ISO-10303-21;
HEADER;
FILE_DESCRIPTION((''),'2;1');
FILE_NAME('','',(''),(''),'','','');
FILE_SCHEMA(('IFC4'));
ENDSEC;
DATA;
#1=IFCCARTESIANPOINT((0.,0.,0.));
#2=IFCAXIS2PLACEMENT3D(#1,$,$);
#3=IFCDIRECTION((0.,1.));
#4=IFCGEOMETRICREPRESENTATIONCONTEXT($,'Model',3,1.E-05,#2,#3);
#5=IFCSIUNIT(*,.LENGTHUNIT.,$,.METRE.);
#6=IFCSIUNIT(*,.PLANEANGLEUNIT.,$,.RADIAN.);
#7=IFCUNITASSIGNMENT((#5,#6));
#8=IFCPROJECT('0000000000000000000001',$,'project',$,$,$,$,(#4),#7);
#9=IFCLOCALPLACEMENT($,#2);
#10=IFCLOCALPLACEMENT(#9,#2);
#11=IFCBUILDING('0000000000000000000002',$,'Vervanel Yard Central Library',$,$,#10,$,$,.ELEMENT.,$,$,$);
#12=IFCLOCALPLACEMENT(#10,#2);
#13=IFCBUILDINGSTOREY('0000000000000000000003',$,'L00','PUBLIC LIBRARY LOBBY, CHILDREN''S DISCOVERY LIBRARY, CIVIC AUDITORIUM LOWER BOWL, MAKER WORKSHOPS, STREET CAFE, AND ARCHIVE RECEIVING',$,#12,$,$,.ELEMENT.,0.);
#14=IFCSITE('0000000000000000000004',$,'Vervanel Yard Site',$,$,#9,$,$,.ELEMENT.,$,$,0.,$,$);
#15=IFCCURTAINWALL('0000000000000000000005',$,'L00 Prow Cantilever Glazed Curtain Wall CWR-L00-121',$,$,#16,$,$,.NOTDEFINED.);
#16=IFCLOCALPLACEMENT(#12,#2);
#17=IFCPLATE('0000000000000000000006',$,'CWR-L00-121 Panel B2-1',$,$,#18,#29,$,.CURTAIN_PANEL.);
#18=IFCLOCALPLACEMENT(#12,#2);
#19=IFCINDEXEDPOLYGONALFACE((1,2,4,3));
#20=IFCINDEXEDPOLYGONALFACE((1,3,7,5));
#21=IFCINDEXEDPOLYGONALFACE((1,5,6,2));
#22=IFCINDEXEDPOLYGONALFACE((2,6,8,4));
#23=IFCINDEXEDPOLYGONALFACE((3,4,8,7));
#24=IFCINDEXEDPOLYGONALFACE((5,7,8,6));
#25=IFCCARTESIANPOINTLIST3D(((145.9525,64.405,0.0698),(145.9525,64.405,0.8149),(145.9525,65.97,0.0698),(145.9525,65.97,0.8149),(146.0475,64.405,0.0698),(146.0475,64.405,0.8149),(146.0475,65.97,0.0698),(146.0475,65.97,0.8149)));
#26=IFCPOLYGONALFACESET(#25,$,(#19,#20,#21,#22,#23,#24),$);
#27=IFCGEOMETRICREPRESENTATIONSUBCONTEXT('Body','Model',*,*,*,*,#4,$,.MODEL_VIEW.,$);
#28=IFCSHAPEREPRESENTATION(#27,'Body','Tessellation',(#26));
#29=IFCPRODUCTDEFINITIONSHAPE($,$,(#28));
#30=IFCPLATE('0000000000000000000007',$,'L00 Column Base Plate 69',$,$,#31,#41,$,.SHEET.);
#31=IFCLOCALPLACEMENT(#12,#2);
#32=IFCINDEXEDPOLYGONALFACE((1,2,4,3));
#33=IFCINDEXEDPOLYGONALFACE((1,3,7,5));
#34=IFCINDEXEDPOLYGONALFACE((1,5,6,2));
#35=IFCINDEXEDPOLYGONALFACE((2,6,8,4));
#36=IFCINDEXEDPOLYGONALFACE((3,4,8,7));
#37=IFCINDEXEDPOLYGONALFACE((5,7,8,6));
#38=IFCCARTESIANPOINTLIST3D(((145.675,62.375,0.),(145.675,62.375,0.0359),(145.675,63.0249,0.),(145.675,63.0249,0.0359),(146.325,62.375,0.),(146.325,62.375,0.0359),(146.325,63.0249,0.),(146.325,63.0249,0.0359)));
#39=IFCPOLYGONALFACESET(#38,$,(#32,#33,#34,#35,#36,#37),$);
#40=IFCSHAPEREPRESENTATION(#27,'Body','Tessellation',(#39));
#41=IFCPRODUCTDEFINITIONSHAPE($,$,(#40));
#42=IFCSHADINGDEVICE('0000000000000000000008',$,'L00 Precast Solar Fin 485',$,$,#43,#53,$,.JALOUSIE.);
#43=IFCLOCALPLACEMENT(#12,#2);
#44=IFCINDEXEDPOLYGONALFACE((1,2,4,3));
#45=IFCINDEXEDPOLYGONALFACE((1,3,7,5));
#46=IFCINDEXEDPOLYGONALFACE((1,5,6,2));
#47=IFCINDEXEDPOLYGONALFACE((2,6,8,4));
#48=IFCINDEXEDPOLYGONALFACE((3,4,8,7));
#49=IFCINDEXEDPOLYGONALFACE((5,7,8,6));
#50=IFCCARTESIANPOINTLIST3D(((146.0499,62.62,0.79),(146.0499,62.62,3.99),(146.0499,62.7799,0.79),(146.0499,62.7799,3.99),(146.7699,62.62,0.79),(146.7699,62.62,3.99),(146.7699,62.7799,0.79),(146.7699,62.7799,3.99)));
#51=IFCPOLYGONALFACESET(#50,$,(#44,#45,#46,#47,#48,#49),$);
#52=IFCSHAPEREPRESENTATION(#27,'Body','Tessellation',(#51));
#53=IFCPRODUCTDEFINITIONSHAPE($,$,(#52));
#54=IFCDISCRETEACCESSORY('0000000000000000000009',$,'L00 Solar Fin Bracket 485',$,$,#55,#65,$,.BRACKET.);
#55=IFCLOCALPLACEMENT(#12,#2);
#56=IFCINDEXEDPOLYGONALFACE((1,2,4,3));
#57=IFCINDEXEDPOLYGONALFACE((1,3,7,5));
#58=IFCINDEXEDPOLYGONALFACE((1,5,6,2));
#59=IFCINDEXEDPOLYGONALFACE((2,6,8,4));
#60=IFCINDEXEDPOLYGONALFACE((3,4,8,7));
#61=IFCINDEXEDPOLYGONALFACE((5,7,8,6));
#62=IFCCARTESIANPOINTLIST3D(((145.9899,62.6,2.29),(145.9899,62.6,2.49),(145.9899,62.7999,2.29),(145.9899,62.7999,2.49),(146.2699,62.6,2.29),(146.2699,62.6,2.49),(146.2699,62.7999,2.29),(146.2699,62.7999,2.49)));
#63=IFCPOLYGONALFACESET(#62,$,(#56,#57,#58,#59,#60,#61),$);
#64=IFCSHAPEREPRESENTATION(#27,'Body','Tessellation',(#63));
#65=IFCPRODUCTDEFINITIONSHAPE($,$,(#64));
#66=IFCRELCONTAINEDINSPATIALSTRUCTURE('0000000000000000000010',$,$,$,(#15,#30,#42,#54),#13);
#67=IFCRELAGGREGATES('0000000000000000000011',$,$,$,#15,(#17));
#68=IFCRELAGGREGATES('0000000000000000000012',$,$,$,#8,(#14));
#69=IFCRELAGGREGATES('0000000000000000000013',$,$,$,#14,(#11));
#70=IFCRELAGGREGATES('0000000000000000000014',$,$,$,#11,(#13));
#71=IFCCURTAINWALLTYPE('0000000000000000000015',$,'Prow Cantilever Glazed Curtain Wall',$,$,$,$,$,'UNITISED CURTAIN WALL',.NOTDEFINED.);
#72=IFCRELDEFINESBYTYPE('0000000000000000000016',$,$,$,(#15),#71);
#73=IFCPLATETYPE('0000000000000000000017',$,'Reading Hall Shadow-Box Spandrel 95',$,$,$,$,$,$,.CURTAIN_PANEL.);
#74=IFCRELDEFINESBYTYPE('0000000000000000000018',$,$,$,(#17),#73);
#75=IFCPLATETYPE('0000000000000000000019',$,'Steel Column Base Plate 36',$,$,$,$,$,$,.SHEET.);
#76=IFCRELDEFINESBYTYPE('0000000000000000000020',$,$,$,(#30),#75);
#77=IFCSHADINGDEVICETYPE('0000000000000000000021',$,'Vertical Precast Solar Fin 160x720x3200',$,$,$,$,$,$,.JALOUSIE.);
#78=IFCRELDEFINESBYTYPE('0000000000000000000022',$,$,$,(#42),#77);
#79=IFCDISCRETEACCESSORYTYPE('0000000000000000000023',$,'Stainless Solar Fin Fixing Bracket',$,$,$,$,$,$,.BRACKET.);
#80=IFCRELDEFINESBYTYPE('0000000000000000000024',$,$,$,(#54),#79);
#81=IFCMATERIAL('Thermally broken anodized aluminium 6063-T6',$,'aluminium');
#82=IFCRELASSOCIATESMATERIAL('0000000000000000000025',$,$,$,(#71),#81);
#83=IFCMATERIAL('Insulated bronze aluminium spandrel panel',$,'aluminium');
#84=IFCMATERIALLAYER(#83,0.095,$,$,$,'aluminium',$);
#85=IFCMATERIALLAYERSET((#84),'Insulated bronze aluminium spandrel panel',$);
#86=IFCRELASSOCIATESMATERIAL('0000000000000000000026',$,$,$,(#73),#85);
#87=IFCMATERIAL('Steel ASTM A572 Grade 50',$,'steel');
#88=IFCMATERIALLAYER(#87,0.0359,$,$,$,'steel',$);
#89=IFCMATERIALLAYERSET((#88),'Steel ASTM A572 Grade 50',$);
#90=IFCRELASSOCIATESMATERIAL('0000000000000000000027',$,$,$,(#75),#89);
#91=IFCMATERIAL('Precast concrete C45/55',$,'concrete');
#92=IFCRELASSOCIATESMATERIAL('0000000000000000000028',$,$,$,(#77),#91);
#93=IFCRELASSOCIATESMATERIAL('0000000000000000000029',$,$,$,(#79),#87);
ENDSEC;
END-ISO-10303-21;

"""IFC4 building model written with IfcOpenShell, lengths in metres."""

from ifc_helpers import new_model, si_unit, direction, frame, origin, origin_2d, place, context, subcontext, project, spatial, rectangle, extrude, material, layer, layer_set, type_object, element, aggregate, save


model = new_model("IFC4")

# Units and contexts
model_context = context("Model", 3, precision=1e-05, world=origin(), true_north=direction((0.0, 1.0)))
body_context = subcontext(model_context, "Body", "Model", "MODEL_VIEW")
ifc_project = project(units=[si_unit("LENGTHUNIT", "METRE"), si_unit("PLANEANGLEUNIT", "RADIAN")], contexts=[model_context])

# Site, building, storey
site_placement = place(None, origin())
site = spatial("IfcSite", under=ifc_project, at=site_placement, Name="Vervanel Yard Site", CompositionType="ELEMENT", RefElevation=0.0)
building_placement = place(site_placement, origin())
building = spatial("IfcBuilding", under=site, at=building_placement, Name="Vervanel Yard Central Library", CompositionType="ELEMENT")
storey_placement = place(building_placement, origin())
storey = spatial("IfcBuildingStorey", under=building, at=storey_placement, Name="L00", Description="PUBLIC LIBRARY LOBBY, CHILDREN'S DISCOVERY LIBRARY, CIVIC AUDITORIUM LOWER BOWL, MAKER WORKSHOPS, STREET CAFE, AND ARCHIVE RECEIVING", CompositionType="ELEMENT", Elevation=0.0)

# Shared definitions
ifc_material_1 = material(Name="Thermally broken anodized aluminium 6063-T6", Category="aluminium")
curtain_wall_type = type_object("IfcCurtainWallType", Name="Prow Cantilever Glazed Curtain Wall", ElementType="UNITISED CURTAIN WALL", PredefinedType="NOTDEFINED", material=ifc_material_1)

# Curtain wall
curtain_wall_1_placement = place(storey_placement, origin())
curtain_wall_1 = element("IfcCurtainWall", 1, at=curtain_wall_1_placement, inside=storey, type_object=curtain_wall_type, Name="L00 Prow Cantilever Glazed Curtain Wall CWR-L00-121", PredefinedType="NOTDEFINED")

# Plates
ifc_material_2 = material(Name="Insulated bronze aluminium spandrel panel", Category="aluminium")
ifc_layer_1 = layer(ifc_material_2, 0.095, Category="aluminium")
ifc_layer_set_1 = layer_set([ifc_layer_1], Name="Insulated bronze aluminium spandrel panel")
plate_type_1 = type_object("IfcPlateType", Name="Reading Hall Shadow-Box Spandrel 95", PredefinedType="CURTAIN_PANEL", material=ifc_layer_set_1)
plate_1_placement = place(storey_placement, frame((146.0, 65.1875, 0.0698), z_axis=(0.0, 0.0, 1.0), x_axis=(0.0, 1.0, 0.0)))
plate_1 = element("IfcPlate", 2, at=plate_1_placement, type_object=plate_type_1, Name="CWR-L00-121 Panel B2-1", PredefinedType="CURTAIN_PANEL", context=body_context, shape_type="SweptSolid", body=[
    extrude(rectangle(XDim=1.5649, YDim=0.095, at=origin_2d()), origin(), (0.0, 0.0, 1.0), 0.7451),
])
aggregate(curtain_wall_1, [plate_1])
ifc_material_3 = material(Name="Steel ASTM A572 Grade 50", Category="steel")
ifc_layer_2 = layer(ifc_material_3, 0.0359, Category="steel")
ifc_layer_set_2 = layer_set([ifc_layer_2], Name="Steel ASTM A572 Grade 50")
plate_type_2 = type_object("IfcPlateType", Name="Steel Column Base Plate 36", PredefinedType="SHEET", material=ifc_layer_set_2)
plate_2_placement = place(storey_placement, frame((146.0, 62.7, 0.0), z_axis=(0.0, 0.0, 1.0), x_axis=(1.0, 0.0, 0.0)))
element("IfcPlate", 3, at=plate_2_placement, inside=storey, type_object=plate_type_2, Name="L00 Column Base Plate 69", PredefinedType="SHEET", context=body_context, shape_type="SweptSolid", body=[
    extrude(rectangle(XDim=0.6499, YDim=0.6499, at=origin_2d()), origin(), (0.0, 0.0, 1.0), 0.0359),
])

# Shading device
ifc_material_4 = material(Name="Precast concrete C45/55", Category="concrete")
shading_device_type = type_object("IfcShadingDeviceType", Name="Vertical Precast Solar Fin 160x720x3200", PredefinedType="JALOUSIE", material=ifc_material_4)
shading_device_placement = place(storey_placement, frame((146.4099, 62.7, 0.79), z_axis=(0.0, 0.0, 1.0), x_axis=(0.0, 1.0, 0.0)))
element("IfcShadingDevice", 4, at=shading_device_placement, inside=storey, type_object=shading_device_type, Name="L00 Precast Solar Fin 485", PredefinedType="JALOUSIE", context=body_context, shape_type="SweptSolid", body=[
    extrude(rectangle(XDim=0.1599, YDim=0.72, at=origin_2d()), origin(), (0.0, 0.0, 1.0), 3.2),
])

# Discrete accessory
discrete_accessory_type = type_object("IfcDiscreteAccessoryType", Name="Stainless Solar Fin Fixing Bracket", PredefinedType="BRACKET", material=ifc_material_3)
discrete_accessory_placement = place(storey_placement, frame((146.1299, 62.7, 2.29), z_axis=(0.0, 0.0, 1.0), x_axis=(0.0, 1.0, 0.0)))
element("IfcDiscreteAccessory", 5, at=discrete_accessory_placement, inside=storey, type_object=discrete_accessory_type, Name="L00 Solar Fin Bracket 485", PredefinedType="BRACKET", context=body_context, shape_type="SweptSolid", body=[
    extrude(rectangle(XDim=0.2, YDim=0.28, at=origin_2d()), origin(), (0.0, 0.0, 1.0), 0.2),
])

save(model, "model.ifc")
